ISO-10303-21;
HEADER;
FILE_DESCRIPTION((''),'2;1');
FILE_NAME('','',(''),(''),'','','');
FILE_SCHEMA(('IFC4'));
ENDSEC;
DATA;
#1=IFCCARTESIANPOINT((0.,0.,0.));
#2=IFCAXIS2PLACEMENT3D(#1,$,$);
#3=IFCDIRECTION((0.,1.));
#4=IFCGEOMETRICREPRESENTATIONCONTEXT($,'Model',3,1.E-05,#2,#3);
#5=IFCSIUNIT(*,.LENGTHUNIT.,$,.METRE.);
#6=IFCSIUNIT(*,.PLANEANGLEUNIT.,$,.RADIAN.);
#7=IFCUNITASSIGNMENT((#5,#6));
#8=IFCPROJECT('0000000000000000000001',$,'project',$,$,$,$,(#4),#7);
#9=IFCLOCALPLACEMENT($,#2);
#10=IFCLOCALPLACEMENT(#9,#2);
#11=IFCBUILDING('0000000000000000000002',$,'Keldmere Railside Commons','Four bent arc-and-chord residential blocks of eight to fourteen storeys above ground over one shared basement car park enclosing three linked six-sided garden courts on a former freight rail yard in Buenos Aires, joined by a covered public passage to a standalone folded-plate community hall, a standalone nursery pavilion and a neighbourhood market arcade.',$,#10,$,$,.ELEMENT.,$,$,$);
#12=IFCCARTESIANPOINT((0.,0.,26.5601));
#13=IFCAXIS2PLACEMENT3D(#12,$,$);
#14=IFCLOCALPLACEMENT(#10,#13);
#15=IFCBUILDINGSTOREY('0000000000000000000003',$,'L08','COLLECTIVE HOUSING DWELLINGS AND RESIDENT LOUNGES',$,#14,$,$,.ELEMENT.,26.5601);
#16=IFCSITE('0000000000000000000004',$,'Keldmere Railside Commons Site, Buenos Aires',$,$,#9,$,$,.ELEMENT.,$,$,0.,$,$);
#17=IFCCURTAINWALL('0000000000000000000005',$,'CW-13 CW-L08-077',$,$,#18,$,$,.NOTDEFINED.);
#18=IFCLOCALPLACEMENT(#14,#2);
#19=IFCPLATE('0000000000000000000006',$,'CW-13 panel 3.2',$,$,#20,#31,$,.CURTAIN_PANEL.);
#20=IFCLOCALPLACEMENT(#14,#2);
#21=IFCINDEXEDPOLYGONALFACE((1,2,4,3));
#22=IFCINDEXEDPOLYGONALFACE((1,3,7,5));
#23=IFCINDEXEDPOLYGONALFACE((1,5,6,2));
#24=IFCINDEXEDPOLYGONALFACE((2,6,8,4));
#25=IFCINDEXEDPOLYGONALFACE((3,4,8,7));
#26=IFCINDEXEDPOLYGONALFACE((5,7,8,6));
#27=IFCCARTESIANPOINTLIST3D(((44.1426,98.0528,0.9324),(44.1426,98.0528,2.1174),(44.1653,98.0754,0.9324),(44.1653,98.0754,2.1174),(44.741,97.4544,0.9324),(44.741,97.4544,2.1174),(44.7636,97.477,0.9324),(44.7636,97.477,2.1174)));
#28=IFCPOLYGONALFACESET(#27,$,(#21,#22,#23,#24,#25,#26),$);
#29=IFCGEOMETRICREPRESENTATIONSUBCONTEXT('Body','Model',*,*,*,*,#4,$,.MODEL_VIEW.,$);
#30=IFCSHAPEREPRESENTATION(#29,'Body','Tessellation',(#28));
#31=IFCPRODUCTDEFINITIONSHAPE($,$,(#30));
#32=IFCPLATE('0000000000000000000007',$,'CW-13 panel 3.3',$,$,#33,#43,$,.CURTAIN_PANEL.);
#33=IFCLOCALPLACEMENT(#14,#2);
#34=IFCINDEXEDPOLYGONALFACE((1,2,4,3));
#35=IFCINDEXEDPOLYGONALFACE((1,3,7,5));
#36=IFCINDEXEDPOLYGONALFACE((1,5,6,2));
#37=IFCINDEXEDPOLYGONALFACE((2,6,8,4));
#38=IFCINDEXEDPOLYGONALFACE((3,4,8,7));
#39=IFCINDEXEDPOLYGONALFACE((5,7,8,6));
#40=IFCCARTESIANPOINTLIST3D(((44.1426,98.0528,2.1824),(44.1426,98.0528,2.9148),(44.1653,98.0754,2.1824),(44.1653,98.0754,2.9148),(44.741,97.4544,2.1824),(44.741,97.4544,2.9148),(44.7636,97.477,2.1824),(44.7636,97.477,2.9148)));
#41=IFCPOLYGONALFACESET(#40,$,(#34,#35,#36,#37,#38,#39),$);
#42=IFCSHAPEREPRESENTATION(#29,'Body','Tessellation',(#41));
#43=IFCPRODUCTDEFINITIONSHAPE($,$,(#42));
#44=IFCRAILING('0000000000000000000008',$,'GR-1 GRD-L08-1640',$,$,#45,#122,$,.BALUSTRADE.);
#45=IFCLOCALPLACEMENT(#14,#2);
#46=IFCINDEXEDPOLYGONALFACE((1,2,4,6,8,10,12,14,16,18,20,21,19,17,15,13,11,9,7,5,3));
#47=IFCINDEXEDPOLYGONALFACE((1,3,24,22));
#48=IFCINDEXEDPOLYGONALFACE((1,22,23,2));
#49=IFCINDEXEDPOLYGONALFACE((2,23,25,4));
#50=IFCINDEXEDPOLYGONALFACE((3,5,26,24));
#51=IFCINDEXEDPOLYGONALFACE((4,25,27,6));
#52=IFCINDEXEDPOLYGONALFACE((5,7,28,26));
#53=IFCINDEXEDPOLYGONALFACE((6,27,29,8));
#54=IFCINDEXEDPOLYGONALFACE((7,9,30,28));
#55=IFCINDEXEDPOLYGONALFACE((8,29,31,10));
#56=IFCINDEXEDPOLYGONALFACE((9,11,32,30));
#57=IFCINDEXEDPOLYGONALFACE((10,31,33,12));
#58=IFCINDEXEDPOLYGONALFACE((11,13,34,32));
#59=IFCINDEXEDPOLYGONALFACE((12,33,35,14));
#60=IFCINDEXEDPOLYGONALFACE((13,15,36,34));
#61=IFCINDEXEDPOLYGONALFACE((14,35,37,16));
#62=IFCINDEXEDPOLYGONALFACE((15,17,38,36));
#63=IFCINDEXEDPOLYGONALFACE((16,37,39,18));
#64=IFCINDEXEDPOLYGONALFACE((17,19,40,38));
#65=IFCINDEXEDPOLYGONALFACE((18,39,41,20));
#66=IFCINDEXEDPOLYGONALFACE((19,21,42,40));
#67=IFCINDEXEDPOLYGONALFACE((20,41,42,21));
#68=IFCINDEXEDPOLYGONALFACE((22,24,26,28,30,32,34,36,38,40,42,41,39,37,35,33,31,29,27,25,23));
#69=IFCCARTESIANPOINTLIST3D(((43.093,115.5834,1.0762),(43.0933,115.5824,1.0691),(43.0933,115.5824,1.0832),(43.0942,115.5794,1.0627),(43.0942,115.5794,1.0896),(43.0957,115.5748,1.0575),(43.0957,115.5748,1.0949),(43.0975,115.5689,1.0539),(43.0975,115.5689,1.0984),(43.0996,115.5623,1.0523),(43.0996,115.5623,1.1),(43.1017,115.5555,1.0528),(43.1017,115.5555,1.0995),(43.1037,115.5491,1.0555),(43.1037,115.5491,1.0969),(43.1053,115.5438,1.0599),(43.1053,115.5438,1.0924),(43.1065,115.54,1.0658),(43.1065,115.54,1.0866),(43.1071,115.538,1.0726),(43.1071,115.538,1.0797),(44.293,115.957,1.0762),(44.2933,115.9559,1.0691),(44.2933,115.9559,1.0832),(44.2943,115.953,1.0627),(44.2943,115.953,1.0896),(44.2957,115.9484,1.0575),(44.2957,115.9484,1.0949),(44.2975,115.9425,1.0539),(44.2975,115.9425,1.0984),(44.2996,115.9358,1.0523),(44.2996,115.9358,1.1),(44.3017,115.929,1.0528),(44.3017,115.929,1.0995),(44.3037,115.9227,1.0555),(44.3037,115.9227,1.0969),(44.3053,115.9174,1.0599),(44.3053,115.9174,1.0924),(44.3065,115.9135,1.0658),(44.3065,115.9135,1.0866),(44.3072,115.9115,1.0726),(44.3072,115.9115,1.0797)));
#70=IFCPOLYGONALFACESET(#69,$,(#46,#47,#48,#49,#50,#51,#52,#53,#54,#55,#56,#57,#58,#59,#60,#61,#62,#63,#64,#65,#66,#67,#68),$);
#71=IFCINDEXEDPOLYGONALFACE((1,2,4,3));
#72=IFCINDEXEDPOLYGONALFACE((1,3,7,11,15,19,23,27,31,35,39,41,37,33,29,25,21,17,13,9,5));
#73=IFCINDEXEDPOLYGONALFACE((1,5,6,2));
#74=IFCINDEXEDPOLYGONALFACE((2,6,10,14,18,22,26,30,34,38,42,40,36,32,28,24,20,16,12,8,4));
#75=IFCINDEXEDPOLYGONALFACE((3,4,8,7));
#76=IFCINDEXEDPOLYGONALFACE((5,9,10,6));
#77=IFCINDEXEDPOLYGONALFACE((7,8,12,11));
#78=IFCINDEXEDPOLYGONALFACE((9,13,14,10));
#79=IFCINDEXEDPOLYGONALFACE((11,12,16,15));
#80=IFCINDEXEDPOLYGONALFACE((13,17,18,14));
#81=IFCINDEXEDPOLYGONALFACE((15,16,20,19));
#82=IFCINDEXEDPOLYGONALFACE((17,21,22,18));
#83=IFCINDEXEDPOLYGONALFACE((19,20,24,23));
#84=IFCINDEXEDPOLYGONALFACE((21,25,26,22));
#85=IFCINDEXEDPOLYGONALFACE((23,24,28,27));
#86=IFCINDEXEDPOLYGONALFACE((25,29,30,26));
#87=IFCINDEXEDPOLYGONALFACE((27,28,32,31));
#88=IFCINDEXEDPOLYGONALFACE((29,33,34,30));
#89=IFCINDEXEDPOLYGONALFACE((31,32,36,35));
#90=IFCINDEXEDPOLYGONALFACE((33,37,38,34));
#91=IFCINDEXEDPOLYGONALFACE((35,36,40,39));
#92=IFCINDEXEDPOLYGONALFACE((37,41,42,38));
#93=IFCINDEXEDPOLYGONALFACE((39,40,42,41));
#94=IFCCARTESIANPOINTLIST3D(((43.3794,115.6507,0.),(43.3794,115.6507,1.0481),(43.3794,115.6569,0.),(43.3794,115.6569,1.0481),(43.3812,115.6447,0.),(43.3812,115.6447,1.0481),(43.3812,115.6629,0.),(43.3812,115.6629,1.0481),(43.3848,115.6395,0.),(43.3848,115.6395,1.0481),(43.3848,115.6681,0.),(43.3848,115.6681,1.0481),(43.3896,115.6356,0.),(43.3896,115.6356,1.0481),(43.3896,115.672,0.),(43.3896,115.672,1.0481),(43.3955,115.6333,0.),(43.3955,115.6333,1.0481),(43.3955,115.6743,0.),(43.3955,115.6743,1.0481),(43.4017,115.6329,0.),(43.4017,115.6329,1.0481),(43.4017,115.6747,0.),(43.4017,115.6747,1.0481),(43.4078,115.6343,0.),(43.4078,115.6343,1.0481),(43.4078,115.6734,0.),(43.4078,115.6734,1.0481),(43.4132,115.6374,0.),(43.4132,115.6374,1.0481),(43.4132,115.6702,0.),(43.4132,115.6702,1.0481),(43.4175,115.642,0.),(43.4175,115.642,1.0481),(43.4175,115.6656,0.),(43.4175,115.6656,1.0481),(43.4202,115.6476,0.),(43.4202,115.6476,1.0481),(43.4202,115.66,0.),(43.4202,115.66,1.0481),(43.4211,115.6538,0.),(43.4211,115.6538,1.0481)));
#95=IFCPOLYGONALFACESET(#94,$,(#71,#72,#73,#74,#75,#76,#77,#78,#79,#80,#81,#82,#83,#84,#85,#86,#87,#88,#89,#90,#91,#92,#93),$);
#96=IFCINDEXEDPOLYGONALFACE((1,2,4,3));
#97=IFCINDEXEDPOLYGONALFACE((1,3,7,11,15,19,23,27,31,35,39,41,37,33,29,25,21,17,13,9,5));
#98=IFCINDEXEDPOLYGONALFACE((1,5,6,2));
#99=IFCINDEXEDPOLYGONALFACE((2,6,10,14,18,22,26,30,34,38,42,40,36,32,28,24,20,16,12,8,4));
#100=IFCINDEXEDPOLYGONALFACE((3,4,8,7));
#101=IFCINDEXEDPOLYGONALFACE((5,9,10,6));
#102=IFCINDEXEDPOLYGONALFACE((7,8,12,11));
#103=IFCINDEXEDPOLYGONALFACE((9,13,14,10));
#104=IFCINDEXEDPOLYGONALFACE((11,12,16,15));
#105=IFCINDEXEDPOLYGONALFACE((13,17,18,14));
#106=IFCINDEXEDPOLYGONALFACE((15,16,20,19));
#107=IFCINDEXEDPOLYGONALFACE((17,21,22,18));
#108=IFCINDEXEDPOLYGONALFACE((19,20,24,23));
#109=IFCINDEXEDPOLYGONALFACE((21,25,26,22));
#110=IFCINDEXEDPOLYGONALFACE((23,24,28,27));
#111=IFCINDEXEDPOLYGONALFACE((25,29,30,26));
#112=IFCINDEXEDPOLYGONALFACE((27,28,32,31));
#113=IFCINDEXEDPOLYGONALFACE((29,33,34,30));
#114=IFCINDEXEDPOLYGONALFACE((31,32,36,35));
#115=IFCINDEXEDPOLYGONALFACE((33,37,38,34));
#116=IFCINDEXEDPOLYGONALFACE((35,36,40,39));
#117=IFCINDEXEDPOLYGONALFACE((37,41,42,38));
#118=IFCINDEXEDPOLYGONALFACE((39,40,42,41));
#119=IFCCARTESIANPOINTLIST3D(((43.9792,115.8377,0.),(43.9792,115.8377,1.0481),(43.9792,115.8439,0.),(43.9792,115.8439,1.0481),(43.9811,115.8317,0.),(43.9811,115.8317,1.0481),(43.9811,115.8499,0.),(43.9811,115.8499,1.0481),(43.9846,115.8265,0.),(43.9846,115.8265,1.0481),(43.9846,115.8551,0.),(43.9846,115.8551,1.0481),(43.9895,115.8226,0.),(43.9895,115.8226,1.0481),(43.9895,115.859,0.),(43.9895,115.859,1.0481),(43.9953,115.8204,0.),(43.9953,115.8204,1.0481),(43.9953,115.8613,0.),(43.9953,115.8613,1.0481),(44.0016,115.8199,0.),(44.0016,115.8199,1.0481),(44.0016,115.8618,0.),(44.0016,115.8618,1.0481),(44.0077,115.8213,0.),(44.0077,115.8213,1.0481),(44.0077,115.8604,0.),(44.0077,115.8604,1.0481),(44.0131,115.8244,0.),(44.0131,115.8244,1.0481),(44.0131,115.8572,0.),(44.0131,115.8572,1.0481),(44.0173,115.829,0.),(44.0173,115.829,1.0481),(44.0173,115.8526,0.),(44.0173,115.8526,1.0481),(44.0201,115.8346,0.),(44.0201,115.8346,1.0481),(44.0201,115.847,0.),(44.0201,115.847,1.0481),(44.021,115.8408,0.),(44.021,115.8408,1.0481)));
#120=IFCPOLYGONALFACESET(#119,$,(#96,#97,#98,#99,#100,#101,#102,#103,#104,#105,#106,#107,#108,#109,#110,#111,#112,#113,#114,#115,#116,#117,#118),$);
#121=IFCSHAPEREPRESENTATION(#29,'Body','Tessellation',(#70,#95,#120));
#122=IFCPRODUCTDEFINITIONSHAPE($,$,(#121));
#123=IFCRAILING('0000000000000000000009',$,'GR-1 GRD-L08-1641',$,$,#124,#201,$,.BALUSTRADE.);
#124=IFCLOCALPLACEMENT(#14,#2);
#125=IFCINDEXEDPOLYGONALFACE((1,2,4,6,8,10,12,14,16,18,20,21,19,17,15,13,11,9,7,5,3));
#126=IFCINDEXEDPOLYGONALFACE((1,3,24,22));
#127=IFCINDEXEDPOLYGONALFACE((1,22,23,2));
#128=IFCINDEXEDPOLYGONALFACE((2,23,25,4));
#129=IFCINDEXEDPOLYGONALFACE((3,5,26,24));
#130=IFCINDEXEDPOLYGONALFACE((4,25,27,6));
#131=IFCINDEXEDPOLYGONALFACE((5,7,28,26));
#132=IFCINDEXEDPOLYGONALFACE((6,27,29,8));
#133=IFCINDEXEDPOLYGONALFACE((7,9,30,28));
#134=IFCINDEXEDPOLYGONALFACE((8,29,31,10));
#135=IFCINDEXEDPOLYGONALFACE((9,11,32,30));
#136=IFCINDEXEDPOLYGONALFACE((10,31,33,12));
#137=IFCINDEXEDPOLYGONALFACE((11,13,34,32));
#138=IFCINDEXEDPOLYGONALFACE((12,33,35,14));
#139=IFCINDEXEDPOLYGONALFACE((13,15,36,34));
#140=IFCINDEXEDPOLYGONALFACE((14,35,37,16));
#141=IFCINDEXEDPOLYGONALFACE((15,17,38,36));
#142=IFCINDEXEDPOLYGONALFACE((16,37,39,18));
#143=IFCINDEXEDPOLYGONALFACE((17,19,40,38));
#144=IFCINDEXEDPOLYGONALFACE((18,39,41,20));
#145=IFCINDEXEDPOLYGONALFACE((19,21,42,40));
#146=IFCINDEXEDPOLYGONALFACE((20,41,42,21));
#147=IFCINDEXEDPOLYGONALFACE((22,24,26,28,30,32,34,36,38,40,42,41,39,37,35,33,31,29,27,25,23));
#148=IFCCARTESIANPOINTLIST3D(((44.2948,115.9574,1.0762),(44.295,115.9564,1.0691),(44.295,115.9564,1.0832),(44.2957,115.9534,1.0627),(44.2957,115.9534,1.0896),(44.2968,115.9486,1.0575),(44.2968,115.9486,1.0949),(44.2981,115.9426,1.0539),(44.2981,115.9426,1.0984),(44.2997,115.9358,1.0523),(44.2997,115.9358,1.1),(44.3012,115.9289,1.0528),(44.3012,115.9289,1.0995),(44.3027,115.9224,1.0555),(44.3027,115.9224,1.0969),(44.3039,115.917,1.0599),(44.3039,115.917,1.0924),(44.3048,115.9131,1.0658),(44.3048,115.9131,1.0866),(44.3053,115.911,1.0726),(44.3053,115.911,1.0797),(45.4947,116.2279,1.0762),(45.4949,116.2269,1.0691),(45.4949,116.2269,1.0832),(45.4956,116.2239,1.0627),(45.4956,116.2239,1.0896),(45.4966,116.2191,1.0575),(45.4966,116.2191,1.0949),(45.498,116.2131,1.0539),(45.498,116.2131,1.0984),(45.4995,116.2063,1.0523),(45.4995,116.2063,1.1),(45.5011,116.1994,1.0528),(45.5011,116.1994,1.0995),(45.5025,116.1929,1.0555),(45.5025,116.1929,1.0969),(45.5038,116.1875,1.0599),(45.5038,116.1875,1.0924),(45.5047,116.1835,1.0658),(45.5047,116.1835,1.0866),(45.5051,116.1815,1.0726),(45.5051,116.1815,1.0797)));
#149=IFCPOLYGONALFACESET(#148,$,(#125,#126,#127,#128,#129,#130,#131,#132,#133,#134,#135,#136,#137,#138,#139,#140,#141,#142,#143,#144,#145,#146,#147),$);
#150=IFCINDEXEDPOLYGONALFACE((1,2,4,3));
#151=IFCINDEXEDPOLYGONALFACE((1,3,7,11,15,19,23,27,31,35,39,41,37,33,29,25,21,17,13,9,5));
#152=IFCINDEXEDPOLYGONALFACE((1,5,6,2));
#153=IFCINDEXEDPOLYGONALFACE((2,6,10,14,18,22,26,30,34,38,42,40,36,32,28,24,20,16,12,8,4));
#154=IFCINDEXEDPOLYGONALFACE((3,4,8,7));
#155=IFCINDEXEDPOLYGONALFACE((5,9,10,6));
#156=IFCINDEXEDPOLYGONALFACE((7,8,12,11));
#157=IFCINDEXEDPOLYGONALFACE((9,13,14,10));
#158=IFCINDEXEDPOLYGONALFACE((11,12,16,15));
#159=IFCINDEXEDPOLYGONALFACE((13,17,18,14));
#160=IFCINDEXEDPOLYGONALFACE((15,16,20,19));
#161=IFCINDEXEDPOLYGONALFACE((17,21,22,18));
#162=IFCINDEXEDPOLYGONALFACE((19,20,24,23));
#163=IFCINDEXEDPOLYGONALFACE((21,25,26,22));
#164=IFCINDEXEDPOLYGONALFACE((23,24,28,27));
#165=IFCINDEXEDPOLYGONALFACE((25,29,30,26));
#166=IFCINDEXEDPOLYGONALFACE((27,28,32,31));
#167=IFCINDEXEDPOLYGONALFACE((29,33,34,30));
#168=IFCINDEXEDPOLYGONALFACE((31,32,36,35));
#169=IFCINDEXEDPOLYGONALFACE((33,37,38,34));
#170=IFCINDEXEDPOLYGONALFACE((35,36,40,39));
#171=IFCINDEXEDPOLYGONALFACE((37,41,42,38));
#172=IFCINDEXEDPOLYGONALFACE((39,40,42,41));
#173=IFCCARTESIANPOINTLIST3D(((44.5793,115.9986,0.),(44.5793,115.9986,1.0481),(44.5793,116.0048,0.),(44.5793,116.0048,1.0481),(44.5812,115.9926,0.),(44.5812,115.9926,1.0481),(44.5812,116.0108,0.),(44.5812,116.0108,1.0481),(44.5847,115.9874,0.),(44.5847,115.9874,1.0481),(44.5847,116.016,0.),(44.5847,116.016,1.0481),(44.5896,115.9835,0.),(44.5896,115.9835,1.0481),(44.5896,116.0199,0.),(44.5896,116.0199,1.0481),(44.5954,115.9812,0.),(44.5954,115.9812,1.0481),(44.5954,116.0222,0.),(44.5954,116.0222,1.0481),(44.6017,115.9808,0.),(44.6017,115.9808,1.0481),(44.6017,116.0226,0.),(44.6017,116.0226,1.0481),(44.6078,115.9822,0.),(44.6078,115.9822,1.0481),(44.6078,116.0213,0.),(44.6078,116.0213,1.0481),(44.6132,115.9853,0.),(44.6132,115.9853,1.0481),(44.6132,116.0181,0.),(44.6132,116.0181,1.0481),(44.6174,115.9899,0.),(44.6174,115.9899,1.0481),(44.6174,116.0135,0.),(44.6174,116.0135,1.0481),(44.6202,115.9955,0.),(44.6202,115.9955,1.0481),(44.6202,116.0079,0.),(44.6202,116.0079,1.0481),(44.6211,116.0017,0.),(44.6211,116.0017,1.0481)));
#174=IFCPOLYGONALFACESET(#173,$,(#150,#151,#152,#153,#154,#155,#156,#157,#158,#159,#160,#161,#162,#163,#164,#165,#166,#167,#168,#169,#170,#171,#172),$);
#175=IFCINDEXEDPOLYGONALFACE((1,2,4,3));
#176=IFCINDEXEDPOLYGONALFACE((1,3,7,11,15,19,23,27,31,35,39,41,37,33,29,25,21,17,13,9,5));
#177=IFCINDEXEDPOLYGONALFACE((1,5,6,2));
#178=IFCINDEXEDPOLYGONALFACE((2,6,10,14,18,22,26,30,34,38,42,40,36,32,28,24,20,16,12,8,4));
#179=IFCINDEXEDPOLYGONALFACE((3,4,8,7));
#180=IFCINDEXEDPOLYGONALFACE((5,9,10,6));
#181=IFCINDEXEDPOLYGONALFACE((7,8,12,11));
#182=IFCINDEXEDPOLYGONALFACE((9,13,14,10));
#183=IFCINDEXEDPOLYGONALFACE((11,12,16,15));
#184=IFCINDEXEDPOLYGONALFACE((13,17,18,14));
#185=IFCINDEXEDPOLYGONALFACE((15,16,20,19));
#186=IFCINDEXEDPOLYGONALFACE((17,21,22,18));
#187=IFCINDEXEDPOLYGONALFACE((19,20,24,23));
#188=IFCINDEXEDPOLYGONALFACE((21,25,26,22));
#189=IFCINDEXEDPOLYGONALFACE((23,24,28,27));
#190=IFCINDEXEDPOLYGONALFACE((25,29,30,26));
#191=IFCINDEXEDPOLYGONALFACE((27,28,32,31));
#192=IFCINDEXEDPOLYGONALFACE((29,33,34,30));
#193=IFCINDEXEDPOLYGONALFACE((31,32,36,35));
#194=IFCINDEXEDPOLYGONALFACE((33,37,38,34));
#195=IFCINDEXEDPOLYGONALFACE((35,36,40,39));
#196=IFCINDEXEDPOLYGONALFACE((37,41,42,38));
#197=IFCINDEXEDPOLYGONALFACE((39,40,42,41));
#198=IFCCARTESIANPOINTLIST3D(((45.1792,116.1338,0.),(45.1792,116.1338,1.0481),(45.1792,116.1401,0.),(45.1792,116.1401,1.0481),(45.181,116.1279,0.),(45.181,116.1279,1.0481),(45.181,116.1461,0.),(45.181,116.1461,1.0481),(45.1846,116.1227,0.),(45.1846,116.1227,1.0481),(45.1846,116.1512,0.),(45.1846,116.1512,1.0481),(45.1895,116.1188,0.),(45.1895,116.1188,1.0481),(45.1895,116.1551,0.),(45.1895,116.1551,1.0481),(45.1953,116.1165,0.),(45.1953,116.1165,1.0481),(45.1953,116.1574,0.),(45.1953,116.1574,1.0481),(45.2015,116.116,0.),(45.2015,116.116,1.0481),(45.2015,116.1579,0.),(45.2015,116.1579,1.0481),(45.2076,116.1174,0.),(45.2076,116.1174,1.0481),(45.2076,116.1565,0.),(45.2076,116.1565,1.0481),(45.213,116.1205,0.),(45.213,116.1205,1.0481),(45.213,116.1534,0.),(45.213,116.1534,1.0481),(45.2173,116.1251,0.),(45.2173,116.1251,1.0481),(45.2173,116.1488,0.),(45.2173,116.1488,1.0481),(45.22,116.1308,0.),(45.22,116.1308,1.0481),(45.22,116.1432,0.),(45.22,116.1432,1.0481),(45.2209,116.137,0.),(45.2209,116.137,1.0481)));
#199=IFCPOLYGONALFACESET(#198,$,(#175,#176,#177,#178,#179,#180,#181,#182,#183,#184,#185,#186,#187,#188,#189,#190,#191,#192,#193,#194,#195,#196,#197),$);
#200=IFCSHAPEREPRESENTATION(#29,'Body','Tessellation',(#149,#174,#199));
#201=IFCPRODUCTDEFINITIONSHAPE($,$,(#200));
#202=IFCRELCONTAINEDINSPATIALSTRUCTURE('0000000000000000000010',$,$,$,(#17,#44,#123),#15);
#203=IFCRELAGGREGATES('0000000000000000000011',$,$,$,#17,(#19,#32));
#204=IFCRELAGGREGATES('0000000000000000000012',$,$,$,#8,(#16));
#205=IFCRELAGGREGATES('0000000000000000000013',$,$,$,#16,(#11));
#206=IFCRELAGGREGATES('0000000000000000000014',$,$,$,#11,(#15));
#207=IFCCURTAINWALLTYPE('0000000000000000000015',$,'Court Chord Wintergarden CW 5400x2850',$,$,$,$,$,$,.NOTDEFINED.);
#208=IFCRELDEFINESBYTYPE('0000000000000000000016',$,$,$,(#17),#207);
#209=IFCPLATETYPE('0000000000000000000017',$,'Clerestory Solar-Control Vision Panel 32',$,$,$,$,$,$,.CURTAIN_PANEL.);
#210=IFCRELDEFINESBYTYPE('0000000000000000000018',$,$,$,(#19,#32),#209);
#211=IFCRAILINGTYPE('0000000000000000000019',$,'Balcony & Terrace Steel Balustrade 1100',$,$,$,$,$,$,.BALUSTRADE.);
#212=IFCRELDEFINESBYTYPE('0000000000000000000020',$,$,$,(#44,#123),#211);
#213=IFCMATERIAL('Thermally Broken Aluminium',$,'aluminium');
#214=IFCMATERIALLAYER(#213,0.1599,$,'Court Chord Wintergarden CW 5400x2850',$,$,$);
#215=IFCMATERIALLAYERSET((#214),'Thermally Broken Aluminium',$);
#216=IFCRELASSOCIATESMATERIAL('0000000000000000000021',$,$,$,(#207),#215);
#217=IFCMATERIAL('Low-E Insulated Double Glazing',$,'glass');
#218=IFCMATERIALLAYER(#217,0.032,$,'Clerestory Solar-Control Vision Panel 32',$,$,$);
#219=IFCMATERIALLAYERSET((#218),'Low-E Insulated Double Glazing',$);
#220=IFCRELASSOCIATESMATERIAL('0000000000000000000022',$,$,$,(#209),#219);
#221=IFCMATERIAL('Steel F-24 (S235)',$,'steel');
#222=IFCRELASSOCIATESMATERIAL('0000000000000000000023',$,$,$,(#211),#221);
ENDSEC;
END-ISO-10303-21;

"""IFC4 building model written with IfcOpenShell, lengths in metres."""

from ifc_helpers import new_model, si_unit, direction, frame, origin, origin_2d, place, context, subcontext, project, spatial, rectangle, circle, extrude, material, layer, layer_set, type_object, element, aggregate, save


model = new_model("IFC4")

# Units and contexts
model_context = context("Model", 3, precision=1e-05, world=origin(), true_north=direction((0.0, 1.0)))
body_context = subcontext(model_context, "Body", "Model", "MODEL_VIEW")
ifc_project = project(units=[si_unit("LENGTHUNIT", "METRE"), si_unit("PLANEANGLEUNIT", "RADIAN")], contexts=[model_context])

# Site, building, storey
site_placement = place(None, origin())
site = spatial("IfcSite", under=ifc_project, at=site_placement, Name="Keldmere Railside Commons Site, Buenos Aires", CompositionType="ELEMENT", RefElevation=0.0)
building_placement = place(site_placement, origin())
building = spatial("IfcBuilding", under=site, at=building_placement, Name="Keldmere Railside Commons", Description="Four bent arc-and-chord residential blocks of eight to fourteen storeys above ground over one shared basement car park enclosing three linked six-sided garden courts on a former freight rail yard in Buenos Aires, joined by a covered public passage to a standalone folded-plate community hall, a standalone nursery pavilion and a neighbourhood market arcade.", CompositionType="ELEMENT")
storey_placement = place(building_placement, frame((0.0, 0.0, 26.5601)))
storey = spatial("IfcBuildingStorey", under=building, at=storey_placement, Name="L08", Description="COLLECTIVE HOUSING DWELLINGS AND RESIDENT LOUNGES", CompositionType="ELEMENT", Elevation=26.5601)

# Curtain wall
ifc_material_1 = material(Name="Thermally Broken Aluminium", Category="aluminium")
ifc_layer_1 = layer(ifc_material_1, 0.1599, Name="Court Chord Wintergarden CW 5400x2850")
ifc_layer_set_1 = layer_set([ifc_layer_1], Name="Thermally Broken Aluminium")
curtain_wall_type_1 = type_object("IfcCurtainWallType", Name="Court Chord Wintergarden CW 5400x2850", PredefinedType="NOTDEFINED", material=ifc_layer_set_1)
curtain_wall_1_placement = place(storey_placement, origin())
curtain_wall_1 = element("IfcCurtainWall", 1, at=curtain_wall_1_placement, inside=storey, type_object=curtain_wall_type_1, Name="CW-13 CW-L08-077", PredefinedType="NOTDEFINED")

# Plates
ifc_material_2 = material(Name="Low-E Insulated Double Glazing", Category="glass")
ifc_layer_2 = layer(ifc_material_2, 0.032, Name="Clerestory Solar-Control Vision Panel 32")
ifc_layer_set_2 = layer_set([ifc_layer_2], Name="Low-E Insulated Double Glazing")
plate_type_1 = type_object("IfcPlateType", Name="Clerestory Solar-Control Vision Panel 32", PredefinedType="CURTAIN_PANEL", material=ifc_layer_set_2)
plate_1_placement = place(storey_placement, frame((44.4531, 97.7649, 0.9324), z_axis=(0.0, 0.0, 1.0), x_axis=(-0.707107, 0.707107, 0.0)))
plate_1 = element("IfcPlate", 2, at=plate_1_placement, type_object=plate_type_1, Name="CW-13 panel 3.2", PredefinedType="CURTAIN_PANEL", context=body_context, shape_type="SweptSolid", body=[
    extrude(rectangle(XDim=0.8462, YDim=0.032, at=origin_2d()), origin(), (0.0, 0.0, 1.0), 1.1851),
])
plate_2_placement = place(storey_placement, frame((44.4531, 97.7649, 2.1824), z_axis=(0.0, 0.0, 1.0), x_axis=(-0.707107, 0.707107, 0.0)))
plate_2 = element("IfcPlate", 3, at=plate_2_placement, type_object=plate_type_1, Name="CW-13 panel 3.3", PredefinedType="CURTAIN_PANEL", context=body_context, shape_type="SweptSolid", body=[
    extrude(rectangle(XDim=0.8462, YDim=0.032, at=origin_2d()), origin(), (0.0, 0.0, 1.0), 0.7324),
])
aggregate(curtain_wall_1, [plate_1, plate_2])

# Railings
ifc_material_3 = material(Name="Steel F-24 (S235)", Category="steel")
railing_type = type_object("IfcRailingType", Name="Balcony & Terrace Steel Balustrade 1100", PredefinedType="BALUSTRADE", material=ifc_material_3)
railing_1_placement = place(storey_placement, frame((43.1001, 115.5605, 0.0)))
element("IfcRailing", 4, at=railing_1_placement, inside=storey, type_object=railing_type, Name="GR-1 GRD-L08-1640", PredefinedType="BALUSTRADE", context=body_context, shape_type="SweptSolid", body=[
    extrude(circle(Radius=0.0239, at=origin_2d()), frame((0.0, 0.0, 1.0762), z_axis=(0.954808, 0.297224, 0.0), x_axis=(-0.297224, 0.954808, 0.0)), (0.0, 0.0, 1.0), 1.2568),
    extrude(circle(Radius=0.021, at=origin_2d()), frame((0.3, 0.0933, 0.0)), (0.0, 0.0, 1.0), 1.0481),
    extrude(circle(Radius=0.021, at=origin_2d()), frame((0.8999, 0.2803, 0.0)), (0.0, 0.0, 1.0), 1.0481),
])
railing_2_placement = place(storey_placement, frame((44.3, 115.9341, 0.0)))
element("IfcRailing", 5, at=railing_2_placement, inside=storey, type_object=railing_type, Name="GR-1 GRD-L08-1641", PredefinedType="BALUSTRADE", context=body_context, shape_type="SweptSolid", body=[
    extrude(circle(Radius=0.0239, at=origin_2d()), frame((0.0, 0.0, 1.0762), z_axis=(0.975519, 0.219914, 0.0), x_axis=(-0.219914, 0.975519, 0.0)), (0.0, 0.0, 1.0), 1.23),
    extrude(circle(Radius=0.021, at=origin_2d()), frame((0.3, 0.0676, 0.0)), (0.0, 0.0, 1.0), 1.0481),
    extrude(circle(Radius=0.021, at=origin_2d()), frame((0.8999, 0.2029, 0.0)), (0.0, 0.0, 1.0), 1.0481),
])

save(model, "model.ifc")
